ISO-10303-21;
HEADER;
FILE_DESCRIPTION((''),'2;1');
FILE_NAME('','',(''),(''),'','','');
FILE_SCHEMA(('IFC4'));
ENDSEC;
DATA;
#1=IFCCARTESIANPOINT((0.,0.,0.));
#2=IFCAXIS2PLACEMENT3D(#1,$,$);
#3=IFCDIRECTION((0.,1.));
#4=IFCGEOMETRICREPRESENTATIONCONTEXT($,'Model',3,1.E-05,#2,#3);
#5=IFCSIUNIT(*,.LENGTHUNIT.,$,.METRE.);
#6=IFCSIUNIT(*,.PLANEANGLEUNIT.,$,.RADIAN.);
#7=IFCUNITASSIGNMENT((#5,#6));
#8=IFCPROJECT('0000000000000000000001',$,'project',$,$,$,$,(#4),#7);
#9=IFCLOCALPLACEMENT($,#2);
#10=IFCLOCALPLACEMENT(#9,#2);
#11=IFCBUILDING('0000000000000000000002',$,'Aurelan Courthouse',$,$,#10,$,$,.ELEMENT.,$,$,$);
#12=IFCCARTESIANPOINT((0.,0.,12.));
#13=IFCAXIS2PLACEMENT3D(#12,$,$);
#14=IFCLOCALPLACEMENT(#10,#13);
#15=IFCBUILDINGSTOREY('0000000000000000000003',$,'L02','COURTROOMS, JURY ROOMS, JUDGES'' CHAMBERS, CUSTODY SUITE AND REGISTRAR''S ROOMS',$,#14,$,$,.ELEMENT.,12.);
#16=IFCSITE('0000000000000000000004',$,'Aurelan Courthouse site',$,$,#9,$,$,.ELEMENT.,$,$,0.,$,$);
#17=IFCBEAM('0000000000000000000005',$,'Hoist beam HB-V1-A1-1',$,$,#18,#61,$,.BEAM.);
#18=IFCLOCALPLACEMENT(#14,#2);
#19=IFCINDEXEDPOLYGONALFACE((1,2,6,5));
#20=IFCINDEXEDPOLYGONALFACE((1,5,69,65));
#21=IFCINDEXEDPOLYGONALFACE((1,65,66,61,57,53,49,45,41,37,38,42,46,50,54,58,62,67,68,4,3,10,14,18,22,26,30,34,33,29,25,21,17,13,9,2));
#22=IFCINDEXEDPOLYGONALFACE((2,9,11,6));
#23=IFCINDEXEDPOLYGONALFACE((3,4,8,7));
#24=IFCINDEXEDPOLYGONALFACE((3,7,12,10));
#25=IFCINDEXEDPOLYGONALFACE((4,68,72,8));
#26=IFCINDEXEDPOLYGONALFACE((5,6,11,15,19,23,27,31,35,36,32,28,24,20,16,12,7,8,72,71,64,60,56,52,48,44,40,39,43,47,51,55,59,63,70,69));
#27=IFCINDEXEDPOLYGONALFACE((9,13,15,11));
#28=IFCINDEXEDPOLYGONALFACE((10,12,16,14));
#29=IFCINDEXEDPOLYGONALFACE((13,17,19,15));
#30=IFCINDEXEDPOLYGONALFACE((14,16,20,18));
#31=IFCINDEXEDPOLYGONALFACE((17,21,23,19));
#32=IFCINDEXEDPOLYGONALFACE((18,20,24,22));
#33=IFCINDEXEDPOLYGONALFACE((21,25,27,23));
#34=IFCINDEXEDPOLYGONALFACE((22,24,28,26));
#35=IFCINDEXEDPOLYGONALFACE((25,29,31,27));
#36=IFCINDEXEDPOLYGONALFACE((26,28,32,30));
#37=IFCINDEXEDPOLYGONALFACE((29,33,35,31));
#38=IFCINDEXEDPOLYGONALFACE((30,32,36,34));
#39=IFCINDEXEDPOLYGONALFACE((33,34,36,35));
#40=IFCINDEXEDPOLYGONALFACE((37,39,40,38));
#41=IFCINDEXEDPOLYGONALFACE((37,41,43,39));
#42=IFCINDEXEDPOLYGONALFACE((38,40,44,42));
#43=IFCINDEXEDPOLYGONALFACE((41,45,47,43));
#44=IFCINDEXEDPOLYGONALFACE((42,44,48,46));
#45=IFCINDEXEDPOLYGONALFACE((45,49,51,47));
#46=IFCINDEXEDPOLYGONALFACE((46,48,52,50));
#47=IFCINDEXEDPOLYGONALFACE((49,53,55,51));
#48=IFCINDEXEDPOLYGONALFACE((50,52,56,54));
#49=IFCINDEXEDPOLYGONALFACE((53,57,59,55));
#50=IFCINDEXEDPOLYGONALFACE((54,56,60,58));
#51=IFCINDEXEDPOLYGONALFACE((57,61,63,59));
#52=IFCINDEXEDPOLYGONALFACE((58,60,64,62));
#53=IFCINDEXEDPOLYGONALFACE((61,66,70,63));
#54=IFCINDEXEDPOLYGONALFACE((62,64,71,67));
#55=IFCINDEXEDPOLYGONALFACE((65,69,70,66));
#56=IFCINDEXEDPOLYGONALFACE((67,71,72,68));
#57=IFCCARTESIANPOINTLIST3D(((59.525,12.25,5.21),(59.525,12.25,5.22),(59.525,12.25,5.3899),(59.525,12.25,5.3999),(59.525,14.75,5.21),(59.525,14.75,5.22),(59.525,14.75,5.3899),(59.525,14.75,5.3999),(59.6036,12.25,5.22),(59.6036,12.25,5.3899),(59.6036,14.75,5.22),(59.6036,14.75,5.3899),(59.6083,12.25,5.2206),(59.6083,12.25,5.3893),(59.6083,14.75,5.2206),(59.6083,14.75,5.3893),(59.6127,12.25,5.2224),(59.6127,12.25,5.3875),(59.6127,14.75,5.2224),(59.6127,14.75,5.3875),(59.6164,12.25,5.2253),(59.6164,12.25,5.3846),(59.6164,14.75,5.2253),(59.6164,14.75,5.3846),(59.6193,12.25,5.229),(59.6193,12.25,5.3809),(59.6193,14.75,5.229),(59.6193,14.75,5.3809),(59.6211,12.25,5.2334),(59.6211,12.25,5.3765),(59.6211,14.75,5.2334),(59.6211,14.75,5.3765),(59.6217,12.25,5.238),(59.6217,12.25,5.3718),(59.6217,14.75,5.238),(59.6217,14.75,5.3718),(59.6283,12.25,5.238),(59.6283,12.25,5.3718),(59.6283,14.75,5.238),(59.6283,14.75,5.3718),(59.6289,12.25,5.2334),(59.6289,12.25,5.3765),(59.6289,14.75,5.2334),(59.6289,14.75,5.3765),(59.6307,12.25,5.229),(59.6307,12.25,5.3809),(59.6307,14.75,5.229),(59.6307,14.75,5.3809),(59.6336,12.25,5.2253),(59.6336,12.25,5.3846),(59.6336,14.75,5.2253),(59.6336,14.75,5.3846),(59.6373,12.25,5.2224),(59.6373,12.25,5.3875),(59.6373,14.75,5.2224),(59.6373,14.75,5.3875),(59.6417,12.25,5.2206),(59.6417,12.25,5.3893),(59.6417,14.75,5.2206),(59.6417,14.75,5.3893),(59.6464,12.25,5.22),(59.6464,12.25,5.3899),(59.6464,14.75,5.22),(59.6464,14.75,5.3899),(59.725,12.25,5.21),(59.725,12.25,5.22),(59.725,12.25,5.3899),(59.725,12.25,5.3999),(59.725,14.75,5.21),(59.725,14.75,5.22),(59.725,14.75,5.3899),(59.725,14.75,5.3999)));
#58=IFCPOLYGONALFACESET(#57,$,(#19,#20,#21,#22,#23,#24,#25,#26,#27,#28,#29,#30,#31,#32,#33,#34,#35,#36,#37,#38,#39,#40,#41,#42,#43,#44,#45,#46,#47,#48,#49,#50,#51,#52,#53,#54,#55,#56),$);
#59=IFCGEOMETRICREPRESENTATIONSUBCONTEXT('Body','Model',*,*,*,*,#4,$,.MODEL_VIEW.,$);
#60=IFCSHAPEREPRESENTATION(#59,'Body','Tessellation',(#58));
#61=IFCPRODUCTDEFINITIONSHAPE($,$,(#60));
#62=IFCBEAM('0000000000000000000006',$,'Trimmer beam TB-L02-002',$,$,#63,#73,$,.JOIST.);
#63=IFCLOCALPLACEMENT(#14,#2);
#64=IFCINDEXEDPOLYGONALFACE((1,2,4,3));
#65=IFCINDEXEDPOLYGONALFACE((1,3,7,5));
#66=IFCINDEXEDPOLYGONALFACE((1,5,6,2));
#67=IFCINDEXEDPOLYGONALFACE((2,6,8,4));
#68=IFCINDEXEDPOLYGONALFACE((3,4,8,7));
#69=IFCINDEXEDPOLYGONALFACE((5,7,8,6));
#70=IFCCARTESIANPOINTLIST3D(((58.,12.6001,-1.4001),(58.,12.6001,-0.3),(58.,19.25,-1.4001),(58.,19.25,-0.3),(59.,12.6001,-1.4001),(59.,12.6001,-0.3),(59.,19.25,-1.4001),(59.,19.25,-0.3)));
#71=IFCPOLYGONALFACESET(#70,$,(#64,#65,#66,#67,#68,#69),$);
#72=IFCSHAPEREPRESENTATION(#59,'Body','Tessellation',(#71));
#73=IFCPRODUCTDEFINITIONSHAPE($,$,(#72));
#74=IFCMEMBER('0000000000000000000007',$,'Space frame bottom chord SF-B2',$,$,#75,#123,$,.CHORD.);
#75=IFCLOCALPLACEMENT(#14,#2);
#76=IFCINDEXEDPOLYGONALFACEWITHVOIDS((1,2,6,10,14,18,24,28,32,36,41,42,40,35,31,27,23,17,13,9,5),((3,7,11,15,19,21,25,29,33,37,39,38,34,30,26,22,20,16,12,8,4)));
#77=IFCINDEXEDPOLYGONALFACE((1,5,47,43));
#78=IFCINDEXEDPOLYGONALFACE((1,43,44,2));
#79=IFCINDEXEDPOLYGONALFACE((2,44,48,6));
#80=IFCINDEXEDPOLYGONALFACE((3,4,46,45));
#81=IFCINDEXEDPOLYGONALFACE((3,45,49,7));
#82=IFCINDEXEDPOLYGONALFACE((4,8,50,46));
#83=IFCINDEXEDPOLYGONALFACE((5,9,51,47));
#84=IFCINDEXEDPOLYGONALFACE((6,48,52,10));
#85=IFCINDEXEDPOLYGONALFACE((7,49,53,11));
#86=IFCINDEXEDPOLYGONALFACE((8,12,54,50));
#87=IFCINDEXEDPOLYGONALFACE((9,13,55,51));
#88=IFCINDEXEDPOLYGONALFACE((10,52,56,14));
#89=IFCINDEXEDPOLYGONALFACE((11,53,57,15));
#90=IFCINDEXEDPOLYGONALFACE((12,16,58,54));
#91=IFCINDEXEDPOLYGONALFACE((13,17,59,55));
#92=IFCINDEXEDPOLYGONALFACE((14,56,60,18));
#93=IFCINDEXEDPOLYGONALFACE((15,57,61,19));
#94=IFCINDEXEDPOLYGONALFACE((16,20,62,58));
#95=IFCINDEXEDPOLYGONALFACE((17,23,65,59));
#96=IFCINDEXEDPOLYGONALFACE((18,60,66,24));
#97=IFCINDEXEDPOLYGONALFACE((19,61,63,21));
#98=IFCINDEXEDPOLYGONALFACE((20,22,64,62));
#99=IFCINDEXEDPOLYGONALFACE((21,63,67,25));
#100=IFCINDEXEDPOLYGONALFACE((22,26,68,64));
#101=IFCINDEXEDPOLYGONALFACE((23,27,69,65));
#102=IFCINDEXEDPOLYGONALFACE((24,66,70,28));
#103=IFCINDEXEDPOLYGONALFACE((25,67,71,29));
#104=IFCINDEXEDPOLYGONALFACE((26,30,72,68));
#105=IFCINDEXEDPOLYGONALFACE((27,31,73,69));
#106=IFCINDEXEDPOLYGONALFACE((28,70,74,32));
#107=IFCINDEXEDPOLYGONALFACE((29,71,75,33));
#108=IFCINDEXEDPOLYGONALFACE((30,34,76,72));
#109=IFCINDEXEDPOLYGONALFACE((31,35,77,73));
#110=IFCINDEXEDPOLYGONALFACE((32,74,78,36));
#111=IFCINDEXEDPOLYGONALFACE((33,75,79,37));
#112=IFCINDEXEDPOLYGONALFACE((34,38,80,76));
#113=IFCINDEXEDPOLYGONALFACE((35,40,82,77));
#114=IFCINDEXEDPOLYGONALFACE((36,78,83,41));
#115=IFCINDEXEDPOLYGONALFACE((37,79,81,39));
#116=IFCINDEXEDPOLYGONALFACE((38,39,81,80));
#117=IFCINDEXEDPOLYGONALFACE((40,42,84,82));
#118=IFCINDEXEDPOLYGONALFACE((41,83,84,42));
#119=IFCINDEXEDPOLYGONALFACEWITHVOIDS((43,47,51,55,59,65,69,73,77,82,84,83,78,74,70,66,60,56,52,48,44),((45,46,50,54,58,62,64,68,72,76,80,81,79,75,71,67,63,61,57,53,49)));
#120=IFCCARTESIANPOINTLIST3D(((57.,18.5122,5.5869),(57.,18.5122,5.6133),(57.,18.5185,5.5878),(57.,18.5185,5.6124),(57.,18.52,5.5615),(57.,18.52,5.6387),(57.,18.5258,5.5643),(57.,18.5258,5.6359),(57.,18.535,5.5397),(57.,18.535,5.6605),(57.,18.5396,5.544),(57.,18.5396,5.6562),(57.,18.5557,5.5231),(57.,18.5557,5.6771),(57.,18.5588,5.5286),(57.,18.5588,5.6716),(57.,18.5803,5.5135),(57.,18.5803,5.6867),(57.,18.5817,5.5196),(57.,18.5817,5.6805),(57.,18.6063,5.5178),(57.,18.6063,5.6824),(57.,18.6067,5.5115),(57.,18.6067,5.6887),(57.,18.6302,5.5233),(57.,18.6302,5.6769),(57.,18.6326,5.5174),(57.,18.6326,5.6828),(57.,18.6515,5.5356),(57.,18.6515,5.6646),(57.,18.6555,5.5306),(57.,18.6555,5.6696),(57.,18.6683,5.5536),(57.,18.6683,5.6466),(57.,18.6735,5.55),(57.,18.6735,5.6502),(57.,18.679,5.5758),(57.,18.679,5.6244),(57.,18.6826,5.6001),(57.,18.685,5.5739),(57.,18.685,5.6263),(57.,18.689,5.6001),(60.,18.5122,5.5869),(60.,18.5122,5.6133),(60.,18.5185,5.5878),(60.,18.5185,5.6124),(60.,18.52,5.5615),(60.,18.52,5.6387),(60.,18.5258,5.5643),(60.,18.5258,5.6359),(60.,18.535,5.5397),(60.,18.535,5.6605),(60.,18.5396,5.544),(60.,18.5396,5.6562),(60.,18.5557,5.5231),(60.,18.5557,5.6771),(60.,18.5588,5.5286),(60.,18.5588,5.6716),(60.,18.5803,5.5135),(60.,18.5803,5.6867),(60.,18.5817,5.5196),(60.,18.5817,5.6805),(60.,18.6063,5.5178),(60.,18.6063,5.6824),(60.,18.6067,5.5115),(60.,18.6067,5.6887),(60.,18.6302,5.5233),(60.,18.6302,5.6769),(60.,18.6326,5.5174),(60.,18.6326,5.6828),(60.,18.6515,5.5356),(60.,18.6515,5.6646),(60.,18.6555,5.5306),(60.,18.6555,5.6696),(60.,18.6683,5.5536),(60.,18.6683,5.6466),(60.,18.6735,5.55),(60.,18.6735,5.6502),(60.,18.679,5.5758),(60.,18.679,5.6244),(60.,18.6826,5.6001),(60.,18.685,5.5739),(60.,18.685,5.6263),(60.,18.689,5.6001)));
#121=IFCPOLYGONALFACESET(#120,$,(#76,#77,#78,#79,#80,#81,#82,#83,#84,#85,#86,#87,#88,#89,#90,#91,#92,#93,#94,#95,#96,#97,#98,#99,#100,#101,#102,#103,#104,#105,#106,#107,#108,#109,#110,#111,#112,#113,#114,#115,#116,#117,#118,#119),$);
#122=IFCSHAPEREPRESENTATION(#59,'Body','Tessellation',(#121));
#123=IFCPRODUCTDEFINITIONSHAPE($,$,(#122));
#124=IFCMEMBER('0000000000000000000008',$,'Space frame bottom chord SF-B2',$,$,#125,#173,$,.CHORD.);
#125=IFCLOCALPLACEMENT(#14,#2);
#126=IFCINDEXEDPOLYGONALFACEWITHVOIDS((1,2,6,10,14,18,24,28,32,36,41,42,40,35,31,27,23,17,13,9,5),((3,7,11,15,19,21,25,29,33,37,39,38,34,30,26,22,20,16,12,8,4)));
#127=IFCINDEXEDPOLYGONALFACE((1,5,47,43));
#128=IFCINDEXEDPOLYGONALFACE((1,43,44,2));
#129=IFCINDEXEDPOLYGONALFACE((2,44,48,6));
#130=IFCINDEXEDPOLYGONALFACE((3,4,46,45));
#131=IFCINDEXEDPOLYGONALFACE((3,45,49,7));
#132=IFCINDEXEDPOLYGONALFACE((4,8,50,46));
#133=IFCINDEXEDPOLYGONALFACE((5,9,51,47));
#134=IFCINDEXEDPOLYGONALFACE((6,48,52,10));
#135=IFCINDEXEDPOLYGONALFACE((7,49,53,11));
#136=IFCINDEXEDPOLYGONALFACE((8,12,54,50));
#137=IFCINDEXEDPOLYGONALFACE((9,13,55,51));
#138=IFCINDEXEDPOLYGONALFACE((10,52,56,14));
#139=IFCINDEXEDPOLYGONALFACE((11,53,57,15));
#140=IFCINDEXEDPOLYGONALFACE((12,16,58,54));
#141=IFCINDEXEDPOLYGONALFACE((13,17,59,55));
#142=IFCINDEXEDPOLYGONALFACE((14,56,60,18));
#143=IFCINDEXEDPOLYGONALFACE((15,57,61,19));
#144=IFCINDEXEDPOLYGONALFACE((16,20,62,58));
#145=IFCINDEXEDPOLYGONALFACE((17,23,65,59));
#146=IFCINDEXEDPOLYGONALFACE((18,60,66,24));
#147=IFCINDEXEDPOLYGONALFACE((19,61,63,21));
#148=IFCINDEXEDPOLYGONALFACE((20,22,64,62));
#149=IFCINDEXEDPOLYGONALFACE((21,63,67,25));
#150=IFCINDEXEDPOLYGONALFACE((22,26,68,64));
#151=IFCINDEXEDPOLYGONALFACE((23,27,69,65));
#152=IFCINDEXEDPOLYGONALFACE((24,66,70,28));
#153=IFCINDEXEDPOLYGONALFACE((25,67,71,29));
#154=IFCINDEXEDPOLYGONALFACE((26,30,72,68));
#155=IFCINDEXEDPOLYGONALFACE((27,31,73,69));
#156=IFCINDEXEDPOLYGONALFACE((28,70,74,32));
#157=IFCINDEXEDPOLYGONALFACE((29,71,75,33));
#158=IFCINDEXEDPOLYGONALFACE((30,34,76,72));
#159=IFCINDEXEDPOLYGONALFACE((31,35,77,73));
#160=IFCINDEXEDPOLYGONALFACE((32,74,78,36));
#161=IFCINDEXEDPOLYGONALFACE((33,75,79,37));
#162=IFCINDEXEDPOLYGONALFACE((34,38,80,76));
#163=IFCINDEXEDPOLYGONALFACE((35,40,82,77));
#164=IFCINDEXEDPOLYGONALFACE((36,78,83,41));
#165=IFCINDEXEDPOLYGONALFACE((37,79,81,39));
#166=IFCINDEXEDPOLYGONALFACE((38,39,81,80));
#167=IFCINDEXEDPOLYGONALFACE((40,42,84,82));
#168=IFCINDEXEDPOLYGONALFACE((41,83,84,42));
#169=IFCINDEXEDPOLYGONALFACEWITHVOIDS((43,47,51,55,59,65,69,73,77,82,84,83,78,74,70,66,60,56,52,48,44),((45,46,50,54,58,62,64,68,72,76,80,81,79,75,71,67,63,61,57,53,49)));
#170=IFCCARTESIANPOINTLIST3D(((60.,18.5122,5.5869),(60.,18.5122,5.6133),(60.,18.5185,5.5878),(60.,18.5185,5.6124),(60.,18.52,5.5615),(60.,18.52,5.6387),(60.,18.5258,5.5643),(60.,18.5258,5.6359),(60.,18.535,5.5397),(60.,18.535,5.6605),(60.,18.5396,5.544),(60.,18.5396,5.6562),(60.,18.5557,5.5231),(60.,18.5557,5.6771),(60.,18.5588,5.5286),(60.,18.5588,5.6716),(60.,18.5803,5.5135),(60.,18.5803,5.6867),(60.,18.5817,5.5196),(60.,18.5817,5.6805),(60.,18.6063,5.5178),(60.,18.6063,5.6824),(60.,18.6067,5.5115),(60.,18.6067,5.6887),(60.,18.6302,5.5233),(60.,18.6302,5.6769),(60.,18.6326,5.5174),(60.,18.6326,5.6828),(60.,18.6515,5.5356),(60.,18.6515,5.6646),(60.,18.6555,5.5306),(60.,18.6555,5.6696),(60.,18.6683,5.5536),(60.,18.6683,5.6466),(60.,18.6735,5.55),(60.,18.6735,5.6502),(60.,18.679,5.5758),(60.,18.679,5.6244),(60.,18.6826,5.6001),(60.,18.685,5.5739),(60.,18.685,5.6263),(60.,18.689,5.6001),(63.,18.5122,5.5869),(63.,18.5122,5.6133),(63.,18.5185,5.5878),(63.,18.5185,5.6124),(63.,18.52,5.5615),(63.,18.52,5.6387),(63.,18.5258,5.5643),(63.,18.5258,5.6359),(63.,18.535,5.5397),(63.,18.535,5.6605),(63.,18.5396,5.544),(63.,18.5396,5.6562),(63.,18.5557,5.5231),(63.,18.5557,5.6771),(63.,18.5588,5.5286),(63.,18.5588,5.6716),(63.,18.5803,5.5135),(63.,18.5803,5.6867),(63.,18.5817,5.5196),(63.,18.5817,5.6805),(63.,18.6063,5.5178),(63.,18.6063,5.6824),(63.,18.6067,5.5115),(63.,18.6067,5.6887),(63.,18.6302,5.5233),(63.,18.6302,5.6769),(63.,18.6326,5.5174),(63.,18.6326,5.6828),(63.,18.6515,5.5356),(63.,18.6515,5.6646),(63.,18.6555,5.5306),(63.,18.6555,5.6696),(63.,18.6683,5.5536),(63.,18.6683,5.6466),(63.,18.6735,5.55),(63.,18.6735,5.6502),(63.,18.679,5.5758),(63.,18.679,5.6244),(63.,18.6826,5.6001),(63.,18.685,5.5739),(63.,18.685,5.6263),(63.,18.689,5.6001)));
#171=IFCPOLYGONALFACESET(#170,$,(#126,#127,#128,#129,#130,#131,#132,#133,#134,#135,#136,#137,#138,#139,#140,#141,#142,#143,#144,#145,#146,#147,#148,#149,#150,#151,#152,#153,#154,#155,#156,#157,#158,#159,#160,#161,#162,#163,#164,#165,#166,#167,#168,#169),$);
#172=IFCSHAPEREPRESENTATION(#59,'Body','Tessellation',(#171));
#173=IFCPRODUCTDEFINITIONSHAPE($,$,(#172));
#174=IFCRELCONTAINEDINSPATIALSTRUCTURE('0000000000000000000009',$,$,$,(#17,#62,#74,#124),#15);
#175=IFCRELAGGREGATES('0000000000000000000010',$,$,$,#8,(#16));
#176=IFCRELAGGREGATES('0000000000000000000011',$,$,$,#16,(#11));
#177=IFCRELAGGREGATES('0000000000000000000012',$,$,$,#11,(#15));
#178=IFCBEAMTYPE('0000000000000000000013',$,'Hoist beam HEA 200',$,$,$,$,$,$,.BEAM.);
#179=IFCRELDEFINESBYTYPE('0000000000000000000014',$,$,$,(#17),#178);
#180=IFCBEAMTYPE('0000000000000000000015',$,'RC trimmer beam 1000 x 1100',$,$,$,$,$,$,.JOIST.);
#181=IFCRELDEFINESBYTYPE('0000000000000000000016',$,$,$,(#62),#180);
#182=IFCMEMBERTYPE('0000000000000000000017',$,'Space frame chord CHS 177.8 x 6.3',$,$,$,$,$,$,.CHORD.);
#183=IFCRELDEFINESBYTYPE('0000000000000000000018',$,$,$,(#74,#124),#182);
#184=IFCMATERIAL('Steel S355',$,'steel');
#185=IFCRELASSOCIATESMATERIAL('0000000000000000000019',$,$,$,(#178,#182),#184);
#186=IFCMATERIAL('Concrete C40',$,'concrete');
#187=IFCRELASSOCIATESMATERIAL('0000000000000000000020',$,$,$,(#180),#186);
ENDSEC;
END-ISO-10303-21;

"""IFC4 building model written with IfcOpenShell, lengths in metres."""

from ifc_helpers import new_model, si_unit, direction, frame, origin, origin_2d, place, context, subcontext, project, spatial, rectangle, hollow_circle, i_section, extrude, material, material_profile, profile_set, type_object, element, save


model = new_model("IFC4")

# Units and contexts
model_context = context("Model", 3, precision=1e-05, world=origin(), true_north=direction((0.0, 1.0)))
body_context = subcontext(model_context, "Body", "Model", "MODEL_VIEW")
ifc_project = project(units=[si_unit("LENGTHUNIT", "METRE"), si_unit("PLANEANGLEUNIT", "RADIAN")], contexts=[model_context])

# Site, building, storey
site_placement = place(None, origin())
site = spatial("IfcSite", under=ifc_project, at=site_placement, Name="Aurelan Courthouse site", CompositionType="ELEMENT", RefElevation=0.0)
building_placement = place(site_placement, origin())
building = spatial("IfcBuilding", under=site, at=building_placement, Name="Aurelan Courthouse", CompositionType="ELEMENT")
storey_placement = place(building_placement, frame((0.0, 0.0, 12.0)))
storey = spatial("IfcBuildingStorey", under=building, at=storey_placement, Name="L02", Description="COURTROOMS, JURY ROOMS, JUDGES' CHAMBERS, CUSTODY SUITE AND REGISTRAR'S ROOMS", CompositionType="ELEMENT", Elevation=12.0)

# Beams
ifc_material_1 = material(Name="Steel S355", Category="steel")
ifc_material_profile_1 = material_profile(ifc_material_1, i_section(OverallWidth=0.2, OverallDepth=0.1899, WebThickness=0.0066, FlangeThickness=0.01, FilletRadius=0.0181, at=origin_2d()), Name="HEA 200")
ifc_profile_set_1 = profile_set([ifc_material_profile_1], Name="Steel S355")
beam_type_1 = type_object("IfcBeamType", Name="Hoist beam HEA 200", PredefinedType="BEAM", material=ifc_profile_set_1)
beam_1_placement = place(storey_placement, frame((59.625, 12.25, 5.3049), z_axis=(0.0, 1.0, 0.0), x_axis=(-1.0, 0.0, 0.0)))
element("IfcBeam", 1, at=beam_1_placement, inside=storey, type_object=beam_type_1, Name="Hoist beam HB-V1-A1-1", PredefinedType="BEAM", context=body_context, shape_type="SweptSolid", body=[
    extrude(i_section(OverallWidth=0.2, OverallDepth=0.1899, WebThickness=0.0066, FlangeThickness=0.01, FilletRadius=0.0181, at=origin_2d()), origin(), (0.0, 0.0, 1.0), 2.5),
])
ifc_material_2 = material(Name="Concrete C40", Category="concrete")
ifc_material_profile_2 = material_profile(ifc_material_2, rectangle(XDim=1.0, YDim=1.1001, at=origin_2d()), Name="RC 1000 x 1100")
ifc_profile_set_2 = profile_set([ifc_material_profile_2], Name="Concrete C40")
beam_type_2 = type_object("IfcBeamType", Name="RC trimmer beam 1000 x 1100", PredefinedType="JOIST", material=ifc_profile_set_2)
beam_2_placement = place(storey_placement, frame((58.5, 12.6001, -0.8501), z_axis=(0.0, 1.0, 0.0), x_axis=(-1.0, 0.0, 0.0)))
element("IfcBeam", 2, at=beam_2_placement, inside=storey, type_object=beam_type_2, Name="Trimmer beam TB-L02-002", PredefinedType="JOIST", context=body_context, shape_type="SweptSolid", body=[
    extrude(rectangle(XDim=1.0, YDim=1.1001, at=origin_2d()), origin(), (0.0, 0.0, 1.0), 6.6499),
])

# Members
ifc_material_profile_3 = material_profile(ifc_material_1, hollow_circle(Radius=0.0889, WallThickness=0.0063, at=origin_2d()), Name="CHS 177.8 x 6.3")
ifc_profile_set_3 = profile_set([ifc_material_profile_3], Name="Steel S355")
member_type_1 = type_object("IfcMemberType", Name="Space frame chord CHS 177.8 x 6.3", PredefinedType="CHORD", material=ifc_profile_set_3)
for number, where, z_axis, x_axis, name in (
    (3, (57.0, 18.6001, 5.6001), (1.0, 0.0, 0.0), (0.0, 1.0, 0.0), "Space frame bottom chord SF-B2"),
    (4, (60.0, 18.6001, 5.6001), (1.0, 0.0, 0.0), (0.0, 1.0, 0.0), "Space frame bottom chord SF-B2"),
):
    element("IfcMember", number, at=place(storey_placement, frame(where, z_axis=z_axis, x_axis=x_axis)), inside=storey, type_object=member_type_1, Name=name, PredefinedType="CHORD", context=body_context, shape_type="SweptSolid", body=[
        extrude(hollow_circle(Radius=0.0889, WallThickness=0.0063, at=origin_2d()), origin(), (0.0, 0.0, 1.0), 3.0),
    ])

save(model, "model.ifc")
